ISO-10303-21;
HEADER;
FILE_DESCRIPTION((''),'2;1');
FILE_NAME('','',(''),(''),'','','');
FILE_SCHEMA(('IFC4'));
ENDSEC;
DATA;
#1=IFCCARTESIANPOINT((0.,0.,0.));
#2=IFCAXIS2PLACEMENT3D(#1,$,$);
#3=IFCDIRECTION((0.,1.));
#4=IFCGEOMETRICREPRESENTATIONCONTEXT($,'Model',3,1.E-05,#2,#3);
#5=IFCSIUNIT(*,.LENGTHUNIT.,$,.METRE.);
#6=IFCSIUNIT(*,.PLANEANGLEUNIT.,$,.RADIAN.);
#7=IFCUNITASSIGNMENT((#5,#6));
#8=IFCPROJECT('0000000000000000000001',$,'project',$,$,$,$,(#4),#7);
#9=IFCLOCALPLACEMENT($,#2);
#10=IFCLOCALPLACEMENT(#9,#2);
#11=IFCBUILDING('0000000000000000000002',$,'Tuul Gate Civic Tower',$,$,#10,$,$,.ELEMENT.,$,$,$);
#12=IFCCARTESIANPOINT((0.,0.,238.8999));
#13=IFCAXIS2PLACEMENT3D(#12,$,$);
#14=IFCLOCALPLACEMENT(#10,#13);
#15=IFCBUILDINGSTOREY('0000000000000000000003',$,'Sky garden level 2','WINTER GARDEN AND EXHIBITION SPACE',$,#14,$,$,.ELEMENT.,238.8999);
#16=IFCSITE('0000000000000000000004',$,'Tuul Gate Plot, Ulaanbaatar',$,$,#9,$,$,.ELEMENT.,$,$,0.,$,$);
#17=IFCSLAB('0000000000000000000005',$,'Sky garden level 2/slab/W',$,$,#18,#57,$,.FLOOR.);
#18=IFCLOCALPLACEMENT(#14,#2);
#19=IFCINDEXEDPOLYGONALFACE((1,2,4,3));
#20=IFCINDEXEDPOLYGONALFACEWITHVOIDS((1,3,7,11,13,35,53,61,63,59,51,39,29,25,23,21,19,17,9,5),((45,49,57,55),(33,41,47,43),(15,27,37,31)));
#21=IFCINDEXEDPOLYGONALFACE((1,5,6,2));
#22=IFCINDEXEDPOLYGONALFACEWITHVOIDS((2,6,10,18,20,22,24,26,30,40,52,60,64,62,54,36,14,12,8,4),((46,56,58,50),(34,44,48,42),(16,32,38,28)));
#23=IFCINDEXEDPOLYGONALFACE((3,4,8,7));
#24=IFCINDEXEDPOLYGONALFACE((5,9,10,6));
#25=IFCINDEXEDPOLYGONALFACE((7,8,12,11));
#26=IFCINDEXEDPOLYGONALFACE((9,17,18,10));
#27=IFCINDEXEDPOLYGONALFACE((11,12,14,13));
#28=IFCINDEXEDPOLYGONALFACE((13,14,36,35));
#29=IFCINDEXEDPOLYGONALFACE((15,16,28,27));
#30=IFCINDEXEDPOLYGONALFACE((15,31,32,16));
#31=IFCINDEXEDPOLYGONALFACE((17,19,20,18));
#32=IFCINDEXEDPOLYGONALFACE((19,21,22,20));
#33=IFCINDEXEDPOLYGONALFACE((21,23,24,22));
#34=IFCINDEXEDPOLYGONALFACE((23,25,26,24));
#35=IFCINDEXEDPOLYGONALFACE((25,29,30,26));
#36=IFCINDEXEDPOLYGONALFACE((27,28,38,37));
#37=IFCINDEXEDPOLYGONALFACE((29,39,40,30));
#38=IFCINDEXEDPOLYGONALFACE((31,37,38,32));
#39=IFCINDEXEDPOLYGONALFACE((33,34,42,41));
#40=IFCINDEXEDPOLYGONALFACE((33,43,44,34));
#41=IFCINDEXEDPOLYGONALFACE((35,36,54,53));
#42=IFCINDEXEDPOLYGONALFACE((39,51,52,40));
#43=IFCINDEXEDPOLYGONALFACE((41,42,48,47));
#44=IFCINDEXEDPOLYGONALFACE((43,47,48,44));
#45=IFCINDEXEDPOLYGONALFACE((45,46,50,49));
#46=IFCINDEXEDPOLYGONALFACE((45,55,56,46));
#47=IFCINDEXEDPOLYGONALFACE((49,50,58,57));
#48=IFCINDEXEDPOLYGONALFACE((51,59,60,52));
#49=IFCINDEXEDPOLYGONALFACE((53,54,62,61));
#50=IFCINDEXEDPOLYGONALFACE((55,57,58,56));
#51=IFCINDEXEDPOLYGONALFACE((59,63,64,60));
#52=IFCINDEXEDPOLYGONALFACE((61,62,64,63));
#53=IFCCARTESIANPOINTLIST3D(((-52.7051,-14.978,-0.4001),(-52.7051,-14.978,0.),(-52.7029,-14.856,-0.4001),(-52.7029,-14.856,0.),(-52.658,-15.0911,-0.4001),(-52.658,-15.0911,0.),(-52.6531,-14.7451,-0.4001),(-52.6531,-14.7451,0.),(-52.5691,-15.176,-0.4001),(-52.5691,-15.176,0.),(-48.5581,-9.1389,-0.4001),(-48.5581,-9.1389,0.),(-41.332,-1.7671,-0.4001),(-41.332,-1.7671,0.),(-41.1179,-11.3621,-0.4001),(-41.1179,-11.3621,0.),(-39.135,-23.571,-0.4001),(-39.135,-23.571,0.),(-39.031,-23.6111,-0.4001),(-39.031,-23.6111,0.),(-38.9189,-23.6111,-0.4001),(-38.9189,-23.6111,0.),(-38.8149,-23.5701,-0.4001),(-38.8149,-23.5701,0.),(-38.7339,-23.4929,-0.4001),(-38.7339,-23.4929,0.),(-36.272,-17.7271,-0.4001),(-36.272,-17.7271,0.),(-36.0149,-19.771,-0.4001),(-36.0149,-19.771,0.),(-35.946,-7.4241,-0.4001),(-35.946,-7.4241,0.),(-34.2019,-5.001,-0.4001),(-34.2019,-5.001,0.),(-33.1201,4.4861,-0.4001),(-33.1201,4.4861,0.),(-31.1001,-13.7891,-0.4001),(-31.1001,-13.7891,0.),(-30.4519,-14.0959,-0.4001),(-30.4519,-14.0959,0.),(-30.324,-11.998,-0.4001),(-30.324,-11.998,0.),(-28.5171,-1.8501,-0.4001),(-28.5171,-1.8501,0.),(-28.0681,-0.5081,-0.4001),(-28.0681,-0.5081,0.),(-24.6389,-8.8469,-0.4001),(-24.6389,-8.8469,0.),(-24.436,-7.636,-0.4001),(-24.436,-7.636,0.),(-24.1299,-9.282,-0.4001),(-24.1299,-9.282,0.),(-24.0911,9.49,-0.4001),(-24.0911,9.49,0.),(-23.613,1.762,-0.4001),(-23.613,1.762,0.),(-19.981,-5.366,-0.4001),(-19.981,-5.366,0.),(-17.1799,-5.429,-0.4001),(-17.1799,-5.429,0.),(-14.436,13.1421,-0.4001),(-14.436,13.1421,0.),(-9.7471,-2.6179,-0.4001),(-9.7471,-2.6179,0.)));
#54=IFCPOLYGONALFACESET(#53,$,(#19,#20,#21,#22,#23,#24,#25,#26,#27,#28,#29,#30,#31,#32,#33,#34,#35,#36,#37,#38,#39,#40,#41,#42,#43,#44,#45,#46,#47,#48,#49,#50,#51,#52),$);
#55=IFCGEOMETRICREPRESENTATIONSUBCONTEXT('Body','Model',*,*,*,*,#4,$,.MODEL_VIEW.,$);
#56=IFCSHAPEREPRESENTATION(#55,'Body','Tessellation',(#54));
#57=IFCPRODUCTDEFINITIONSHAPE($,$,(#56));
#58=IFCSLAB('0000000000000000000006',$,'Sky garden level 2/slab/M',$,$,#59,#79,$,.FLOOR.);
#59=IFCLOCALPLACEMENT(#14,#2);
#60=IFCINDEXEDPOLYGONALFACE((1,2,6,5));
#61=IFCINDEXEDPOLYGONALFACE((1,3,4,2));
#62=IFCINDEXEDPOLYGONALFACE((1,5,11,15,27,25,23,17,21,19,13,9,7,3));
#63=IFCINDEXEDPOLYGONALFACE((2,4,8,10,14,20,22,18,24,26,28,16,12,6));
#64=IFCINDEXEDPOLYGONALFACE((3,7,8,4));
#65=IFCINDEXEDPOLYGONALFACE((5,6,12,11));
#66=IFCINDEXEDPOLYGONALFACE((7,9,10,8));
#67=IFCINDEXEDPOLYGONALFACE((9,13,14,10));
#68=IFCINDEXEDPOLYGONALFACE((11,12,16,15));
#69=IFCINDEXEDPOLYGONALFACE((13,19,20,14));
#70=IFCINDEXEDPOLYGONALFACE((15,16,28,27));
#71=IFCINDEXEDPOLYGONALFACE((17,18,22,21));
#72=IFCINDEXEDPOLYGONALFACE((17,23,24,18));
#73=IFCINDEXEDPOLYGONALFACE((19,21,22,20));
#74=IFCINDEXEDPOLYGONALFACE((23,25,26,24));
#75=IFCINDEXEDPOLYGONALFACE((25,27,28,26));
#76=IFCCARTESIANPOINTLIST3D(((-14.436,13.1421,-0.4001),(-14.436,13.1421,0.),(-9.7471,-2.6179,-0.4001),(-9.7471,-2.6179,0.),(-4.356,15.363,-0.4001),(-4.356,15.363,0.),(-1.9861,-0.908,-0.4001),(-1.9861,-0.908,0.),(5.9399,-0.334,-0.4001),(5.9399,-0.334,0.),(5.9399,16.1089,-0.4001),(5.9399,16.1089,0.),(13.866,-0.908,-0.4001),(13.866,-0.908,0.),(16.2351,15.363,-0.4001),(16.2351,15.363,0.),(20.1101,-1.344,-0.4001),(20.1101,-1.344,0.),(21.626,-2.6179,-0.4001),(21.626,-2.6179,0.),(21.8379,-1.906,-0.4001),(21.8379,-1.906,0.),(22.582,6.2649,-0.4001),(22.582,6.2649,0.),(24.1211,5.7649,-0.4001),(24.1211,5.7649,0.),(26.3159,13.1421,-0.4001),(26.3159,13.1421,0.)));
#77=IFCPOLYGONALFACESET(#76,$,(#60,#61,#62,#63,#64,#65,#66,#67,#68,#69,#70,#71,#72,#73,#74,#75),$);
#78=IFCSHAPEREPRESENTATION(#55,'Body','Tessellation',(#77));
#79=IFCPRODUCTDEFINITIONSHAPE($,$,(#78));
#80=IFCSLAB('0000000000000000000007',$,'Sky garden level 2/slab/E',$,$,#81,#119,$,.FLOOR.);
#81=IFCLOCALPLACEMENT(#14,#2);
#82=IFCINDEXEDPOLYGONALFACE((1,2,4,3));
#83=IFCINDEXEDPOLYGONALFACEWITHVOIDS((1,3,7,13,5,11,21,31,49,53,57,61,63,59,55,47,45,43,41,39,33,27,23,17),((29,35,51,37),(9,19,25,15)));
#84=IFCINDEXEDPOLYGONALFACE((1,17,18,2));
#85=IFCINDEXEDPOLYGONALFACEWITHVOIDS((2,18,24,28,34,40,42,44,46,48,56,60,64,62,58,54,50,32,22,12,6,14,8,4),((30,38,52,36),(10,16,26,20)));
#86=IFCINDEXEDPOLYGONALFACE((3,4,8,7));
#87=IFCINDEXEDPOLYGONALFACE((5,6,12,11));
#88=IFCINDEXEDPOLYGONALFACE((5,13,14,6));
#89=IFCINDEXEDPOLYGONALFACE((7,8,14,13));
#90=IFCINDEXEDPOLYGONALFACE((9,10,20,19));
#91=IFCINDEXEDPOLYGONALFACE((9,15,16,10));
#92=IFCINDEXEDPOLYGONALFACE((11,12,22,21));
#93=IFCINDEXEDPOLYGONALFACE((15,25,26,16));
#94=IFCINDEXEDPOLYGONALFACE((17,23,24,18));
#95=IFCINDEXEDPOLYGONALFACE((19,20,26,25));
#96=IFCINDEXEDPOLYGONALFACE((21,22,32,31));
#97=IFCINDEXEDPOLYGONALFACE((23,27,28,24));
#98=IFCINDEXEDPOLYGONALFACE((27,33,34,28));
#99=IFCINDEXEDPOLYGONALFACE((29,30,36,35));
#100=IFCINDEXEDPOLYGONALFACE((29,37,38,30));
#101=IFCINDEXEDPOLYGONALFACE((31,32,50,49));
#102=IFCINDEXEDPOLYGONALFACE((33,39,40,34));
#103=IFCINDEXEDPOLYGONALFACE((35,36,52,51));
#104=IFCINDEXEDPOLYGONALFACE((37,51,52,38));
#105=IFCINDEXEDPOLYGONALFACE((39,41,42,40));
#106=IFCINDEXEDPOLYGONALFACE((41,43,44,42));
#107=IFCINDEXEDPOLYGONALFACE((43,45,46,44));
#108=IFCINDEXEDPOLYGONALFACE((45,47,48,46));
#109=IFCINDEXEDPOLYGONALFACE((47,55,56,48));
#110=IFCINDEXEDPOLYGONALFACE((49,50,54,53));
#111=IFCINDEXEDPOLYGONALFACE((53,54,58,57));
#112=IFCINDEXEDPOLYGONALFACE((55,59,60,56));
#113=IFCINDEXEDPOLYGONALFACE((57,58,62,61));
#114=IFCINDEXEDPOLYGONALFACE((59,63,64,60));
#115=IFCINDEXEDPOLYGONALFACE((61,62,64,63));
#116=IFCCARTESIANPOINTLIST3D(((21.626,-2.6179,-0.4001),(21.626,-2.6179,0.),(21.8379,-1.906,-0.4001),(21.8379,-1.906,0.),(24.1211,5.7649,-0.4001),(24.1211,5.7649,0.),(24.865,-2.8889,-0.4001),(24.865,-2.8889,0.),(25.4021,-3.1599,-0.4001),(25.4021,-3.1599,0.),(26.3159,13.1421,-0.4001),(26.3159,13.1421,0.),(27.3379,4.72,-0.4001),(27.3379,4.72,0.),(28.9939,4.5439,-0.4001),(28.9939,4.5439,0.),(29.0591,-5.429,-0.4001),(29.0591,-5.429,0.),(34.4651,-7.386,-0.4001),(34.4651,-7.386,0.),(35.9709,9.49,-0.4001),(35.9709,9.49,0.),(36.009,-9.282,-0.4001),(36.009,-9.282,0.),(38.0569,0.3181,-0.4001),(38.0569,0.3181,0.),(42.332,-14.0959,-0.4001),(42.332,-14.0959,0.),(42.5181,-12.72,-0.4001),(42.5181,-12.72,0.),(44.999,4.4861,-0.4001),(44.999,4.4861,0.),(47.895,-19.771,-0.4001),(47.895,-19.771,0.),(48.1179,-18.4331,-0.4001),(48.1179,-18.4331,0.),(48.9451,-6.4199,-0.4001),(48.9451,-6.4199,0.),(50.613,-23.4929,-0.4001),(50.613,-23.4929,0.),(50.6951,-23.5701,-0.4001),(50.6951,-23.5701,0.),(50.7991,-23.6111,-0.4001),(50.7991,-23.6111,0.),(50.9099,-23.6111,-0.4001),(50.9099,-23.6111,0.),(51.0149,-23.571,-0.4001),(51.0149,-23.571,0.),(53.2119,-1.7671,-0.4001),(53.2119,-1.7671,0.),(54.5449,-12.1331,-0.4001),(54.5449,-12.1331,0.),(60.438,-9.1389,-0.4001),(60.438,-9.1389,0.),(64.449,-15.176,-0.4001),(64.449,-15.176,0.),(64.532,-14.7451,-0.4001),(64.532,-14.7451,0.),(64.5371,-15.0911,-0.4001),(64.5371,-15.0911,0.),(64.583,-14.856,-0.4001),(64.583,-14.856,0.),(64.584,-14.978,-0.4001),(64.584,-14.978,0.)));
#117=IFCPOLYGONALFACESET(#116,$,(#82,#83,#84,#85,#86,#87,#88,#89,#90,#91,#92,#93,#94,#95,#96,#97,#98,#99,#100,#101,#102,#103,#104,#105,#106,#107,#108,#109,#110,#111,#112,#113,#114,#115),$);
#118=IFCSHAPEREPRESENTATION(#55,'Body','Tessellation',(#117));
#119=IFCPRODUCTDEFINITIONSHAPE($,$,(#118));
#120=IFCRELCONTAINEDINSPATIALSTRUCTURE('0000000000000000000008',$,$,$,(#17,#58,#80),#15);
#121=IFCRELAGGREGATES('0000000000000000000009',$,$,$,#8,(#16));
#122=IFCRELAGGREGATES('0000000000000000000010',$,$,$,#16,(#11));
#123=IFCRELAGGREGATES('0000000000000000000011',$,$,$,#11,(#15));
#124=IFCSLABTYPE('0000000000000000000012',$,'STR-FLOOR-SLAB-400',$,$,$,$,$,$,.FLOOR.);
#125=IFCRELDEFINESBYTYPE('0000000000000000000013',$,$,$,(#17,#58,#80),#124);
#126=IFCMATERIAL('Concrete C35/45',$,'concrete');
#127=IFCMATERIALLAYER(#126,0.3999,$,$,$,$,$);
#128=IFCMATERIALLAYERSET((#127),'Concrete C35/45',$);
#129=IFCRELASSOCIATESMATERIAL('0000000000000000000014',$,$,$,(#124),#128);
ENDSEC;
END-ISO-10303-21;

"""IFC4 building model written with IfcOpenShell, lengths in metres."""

from ifc_helpers import new_model, si_unit, direction, frame, origin, place, context, subcontext, project, spatial, polyline, outline, extrude, material, layer, layer_set, type_object, element, save


model = new_model("IFC4")

# Units and contexts
model_context = context("Model", 3, precision=1e-05, world=origin(), true_north=direction((0.0, 1.0)))
body_context = subcontext(model_context, "Body", "Model", "MODEL_VIEW")
ifc_project = project(units=[si_unit("LENGTHUNIT", "METRE"), si_unit("PLANEANGLEUNIT", "RADIAN")], contexts=[model_context])

# Site, building, storey
site_placement = place(None, origin())
site = spatial("IfcSite", under=ifc_project, at=site_placement, Name="Tuul Gate Plot, Ulaanbaatar", CompositionType="ELEMENT", RefElevation=0.0)
building_placement = place(site_placement, origin())
building = spatial("IfcBuilding", under=site, at=building_placement, Name="Tuul Gate Civic Tower", CompositionType="ELEMENT")
storey_placement = place(building_placement, frame((0.0, 0.0, 238.8999)))
storey = spatial("IfcBuildingStorey", under=building, at=storey_placement, Name="Sky garden level 2", Description="WINTER GARDEN AND EXHIBITION SPACE", CompositionType="ELEMENT", Elevation=238.8999)

# Slabs
ifc_material_1 = material(Name="Concrete C35/45", Category="concrete")
ifc_layer_1 = layer(ifc_material_1, 0.3999)
ifc_layer_set_1 = layer_set([ifc_layer_1], Name="Concrete C35/45")
slab_type_1 = type_object("IfcSlabType", Name="STR-FLOOR-SLAB-400", PredefinedType="FLOOR", material=ifc_layer_set_1)
slab_1_placement = place(storey_placement, frame((0.0, 0.0, -0.4001)))
element("IfcSlab", 1, at=slab_1_placement, inside=storey, type_object=slab_type_1, Name="Sky garden level 2/slab/W", PredefinedType="FLOOR", context=body_context, shape_type="SweptSolid", body=[
    extrude(outline(polyline([(-9.7471, -2.6179), (-14.436, 13.1421), (-24.0911, 9.49), (-33.1201, 4.4861), (-41.332, -1.7671), (-48.5581, -9.1389), (-52.6531, -14.7451), (-52.7029, -14.856), (-52.7051, -14.978), (-52.658, -15.0911), (-52.5691, -15.176), (-39.135, -23.571), (-39.031, -23.6111), (-38.9189, -23.6111), (-38.8149, -23.5701), (-38.7339, -23.4929), (-36.0149, -19.771), (-30.4519, -14.0959), (-24.1299, -9.282), (-17.1799, -5.429), (-9.7471, -2.6179)]), holes=[polyline([(-31.1001, -13.7891), (-36.272, -17.7271), (-41.1179, -11.3621), (-35.946, -7.4241), (-31.1001, -13.7891)]), polyline([(-30.324, -11.998), (-34.2019, -5.001), (-28.5171, -1.8501), (-24.6389, -8.8469), (-30.324, -11.998)]), polyline([(-19.981, -5.366), (-24.436, -7.636), (-28.0681, -0.5081), (-23.613, 1.762), (-19.981, -5.366)])]), origin(), (0.0, 0.0, 1.0), 0.4001),
])
slab_2_placement = place(storey_placement, frame((0.0, 0.0, -0.4001)))
element("IfcSlab", 2, at=slab_2_placement, inside=storey, type_object=slab_type_1, Name="Sky garden level 2/slab/M", PredefinedType="FLOOR", context=body_context, shape_type="SweptSolid", body=[
    extrude(outline(polyline([(21.626, -2.6179), (21.8379, -1.906), (20.1101, -1.344), (22.582, 6.2649), (24.1211, 5.7649), (26.3159, 13.1421), (16.2351, 15.363), (5.9399, 16.1089), (-4.356, 15.363), (-14.436, 13.1421), (-9.7471, -2.6179), (-1.9861, -0.908), (5.9399, -0.334), (13.866, -0.908), (21.626, -2.6179)])), origin(), (0.0, 0.0, 1.0), 0.4001),
])
slab_3_placement = place(storey_placement, frame((0.0, 0.0, -0.4001)))
element("IfcSlab", 3, at=slab_3_placement, inside=storey, type_object=slab_type_1, Name="Sky garden level 2/slab/E", PredefinedType="FLOOR", context=body_context, shape_type="SweptSolid", body=[
    extrude(outline(polyline([(50.9099, -23.6111), (51.0149, -23.571), (64.449, -15.176), (64.5371, -15.0911), (64.584, -14.978), (64.583, -14.856), (64.532, -14.7451), (60.438, -9.1389), (53.2119, -1.7671), (44.999, 4.4861), (35.9709, 9.49), (26.3159, 13.1421), (24.1211, 5.7649), (27.3379, 4.72), (24.865, -2.8889), (21.8379, -1.906), (21.626, -2.6179), (29.0591, -5.429), (36.009, -9.282), (42.332, -14.0959), (47.895, -19.771), (50.613, -23.4929), (50.6951, -23.5701), (50.7991, -23.6111), (50.9099, -23.6111)]), holes=[polyline([(42.5181, -12.72), (48.9451, -6.4199), (54.5449, -12.1331), (48.1179, -18.4331), (42.5181, -12.72)]), polyline([(25.4021, -3.1599), (28.9939, 4.5439), (38.0569, 0.3181), (34.4651, -7.386), (25.4021, -3.1599)])]), origin(), (0.0, 0.0, 1.0), 0.4001),
])

save(model, "model.ifc")
